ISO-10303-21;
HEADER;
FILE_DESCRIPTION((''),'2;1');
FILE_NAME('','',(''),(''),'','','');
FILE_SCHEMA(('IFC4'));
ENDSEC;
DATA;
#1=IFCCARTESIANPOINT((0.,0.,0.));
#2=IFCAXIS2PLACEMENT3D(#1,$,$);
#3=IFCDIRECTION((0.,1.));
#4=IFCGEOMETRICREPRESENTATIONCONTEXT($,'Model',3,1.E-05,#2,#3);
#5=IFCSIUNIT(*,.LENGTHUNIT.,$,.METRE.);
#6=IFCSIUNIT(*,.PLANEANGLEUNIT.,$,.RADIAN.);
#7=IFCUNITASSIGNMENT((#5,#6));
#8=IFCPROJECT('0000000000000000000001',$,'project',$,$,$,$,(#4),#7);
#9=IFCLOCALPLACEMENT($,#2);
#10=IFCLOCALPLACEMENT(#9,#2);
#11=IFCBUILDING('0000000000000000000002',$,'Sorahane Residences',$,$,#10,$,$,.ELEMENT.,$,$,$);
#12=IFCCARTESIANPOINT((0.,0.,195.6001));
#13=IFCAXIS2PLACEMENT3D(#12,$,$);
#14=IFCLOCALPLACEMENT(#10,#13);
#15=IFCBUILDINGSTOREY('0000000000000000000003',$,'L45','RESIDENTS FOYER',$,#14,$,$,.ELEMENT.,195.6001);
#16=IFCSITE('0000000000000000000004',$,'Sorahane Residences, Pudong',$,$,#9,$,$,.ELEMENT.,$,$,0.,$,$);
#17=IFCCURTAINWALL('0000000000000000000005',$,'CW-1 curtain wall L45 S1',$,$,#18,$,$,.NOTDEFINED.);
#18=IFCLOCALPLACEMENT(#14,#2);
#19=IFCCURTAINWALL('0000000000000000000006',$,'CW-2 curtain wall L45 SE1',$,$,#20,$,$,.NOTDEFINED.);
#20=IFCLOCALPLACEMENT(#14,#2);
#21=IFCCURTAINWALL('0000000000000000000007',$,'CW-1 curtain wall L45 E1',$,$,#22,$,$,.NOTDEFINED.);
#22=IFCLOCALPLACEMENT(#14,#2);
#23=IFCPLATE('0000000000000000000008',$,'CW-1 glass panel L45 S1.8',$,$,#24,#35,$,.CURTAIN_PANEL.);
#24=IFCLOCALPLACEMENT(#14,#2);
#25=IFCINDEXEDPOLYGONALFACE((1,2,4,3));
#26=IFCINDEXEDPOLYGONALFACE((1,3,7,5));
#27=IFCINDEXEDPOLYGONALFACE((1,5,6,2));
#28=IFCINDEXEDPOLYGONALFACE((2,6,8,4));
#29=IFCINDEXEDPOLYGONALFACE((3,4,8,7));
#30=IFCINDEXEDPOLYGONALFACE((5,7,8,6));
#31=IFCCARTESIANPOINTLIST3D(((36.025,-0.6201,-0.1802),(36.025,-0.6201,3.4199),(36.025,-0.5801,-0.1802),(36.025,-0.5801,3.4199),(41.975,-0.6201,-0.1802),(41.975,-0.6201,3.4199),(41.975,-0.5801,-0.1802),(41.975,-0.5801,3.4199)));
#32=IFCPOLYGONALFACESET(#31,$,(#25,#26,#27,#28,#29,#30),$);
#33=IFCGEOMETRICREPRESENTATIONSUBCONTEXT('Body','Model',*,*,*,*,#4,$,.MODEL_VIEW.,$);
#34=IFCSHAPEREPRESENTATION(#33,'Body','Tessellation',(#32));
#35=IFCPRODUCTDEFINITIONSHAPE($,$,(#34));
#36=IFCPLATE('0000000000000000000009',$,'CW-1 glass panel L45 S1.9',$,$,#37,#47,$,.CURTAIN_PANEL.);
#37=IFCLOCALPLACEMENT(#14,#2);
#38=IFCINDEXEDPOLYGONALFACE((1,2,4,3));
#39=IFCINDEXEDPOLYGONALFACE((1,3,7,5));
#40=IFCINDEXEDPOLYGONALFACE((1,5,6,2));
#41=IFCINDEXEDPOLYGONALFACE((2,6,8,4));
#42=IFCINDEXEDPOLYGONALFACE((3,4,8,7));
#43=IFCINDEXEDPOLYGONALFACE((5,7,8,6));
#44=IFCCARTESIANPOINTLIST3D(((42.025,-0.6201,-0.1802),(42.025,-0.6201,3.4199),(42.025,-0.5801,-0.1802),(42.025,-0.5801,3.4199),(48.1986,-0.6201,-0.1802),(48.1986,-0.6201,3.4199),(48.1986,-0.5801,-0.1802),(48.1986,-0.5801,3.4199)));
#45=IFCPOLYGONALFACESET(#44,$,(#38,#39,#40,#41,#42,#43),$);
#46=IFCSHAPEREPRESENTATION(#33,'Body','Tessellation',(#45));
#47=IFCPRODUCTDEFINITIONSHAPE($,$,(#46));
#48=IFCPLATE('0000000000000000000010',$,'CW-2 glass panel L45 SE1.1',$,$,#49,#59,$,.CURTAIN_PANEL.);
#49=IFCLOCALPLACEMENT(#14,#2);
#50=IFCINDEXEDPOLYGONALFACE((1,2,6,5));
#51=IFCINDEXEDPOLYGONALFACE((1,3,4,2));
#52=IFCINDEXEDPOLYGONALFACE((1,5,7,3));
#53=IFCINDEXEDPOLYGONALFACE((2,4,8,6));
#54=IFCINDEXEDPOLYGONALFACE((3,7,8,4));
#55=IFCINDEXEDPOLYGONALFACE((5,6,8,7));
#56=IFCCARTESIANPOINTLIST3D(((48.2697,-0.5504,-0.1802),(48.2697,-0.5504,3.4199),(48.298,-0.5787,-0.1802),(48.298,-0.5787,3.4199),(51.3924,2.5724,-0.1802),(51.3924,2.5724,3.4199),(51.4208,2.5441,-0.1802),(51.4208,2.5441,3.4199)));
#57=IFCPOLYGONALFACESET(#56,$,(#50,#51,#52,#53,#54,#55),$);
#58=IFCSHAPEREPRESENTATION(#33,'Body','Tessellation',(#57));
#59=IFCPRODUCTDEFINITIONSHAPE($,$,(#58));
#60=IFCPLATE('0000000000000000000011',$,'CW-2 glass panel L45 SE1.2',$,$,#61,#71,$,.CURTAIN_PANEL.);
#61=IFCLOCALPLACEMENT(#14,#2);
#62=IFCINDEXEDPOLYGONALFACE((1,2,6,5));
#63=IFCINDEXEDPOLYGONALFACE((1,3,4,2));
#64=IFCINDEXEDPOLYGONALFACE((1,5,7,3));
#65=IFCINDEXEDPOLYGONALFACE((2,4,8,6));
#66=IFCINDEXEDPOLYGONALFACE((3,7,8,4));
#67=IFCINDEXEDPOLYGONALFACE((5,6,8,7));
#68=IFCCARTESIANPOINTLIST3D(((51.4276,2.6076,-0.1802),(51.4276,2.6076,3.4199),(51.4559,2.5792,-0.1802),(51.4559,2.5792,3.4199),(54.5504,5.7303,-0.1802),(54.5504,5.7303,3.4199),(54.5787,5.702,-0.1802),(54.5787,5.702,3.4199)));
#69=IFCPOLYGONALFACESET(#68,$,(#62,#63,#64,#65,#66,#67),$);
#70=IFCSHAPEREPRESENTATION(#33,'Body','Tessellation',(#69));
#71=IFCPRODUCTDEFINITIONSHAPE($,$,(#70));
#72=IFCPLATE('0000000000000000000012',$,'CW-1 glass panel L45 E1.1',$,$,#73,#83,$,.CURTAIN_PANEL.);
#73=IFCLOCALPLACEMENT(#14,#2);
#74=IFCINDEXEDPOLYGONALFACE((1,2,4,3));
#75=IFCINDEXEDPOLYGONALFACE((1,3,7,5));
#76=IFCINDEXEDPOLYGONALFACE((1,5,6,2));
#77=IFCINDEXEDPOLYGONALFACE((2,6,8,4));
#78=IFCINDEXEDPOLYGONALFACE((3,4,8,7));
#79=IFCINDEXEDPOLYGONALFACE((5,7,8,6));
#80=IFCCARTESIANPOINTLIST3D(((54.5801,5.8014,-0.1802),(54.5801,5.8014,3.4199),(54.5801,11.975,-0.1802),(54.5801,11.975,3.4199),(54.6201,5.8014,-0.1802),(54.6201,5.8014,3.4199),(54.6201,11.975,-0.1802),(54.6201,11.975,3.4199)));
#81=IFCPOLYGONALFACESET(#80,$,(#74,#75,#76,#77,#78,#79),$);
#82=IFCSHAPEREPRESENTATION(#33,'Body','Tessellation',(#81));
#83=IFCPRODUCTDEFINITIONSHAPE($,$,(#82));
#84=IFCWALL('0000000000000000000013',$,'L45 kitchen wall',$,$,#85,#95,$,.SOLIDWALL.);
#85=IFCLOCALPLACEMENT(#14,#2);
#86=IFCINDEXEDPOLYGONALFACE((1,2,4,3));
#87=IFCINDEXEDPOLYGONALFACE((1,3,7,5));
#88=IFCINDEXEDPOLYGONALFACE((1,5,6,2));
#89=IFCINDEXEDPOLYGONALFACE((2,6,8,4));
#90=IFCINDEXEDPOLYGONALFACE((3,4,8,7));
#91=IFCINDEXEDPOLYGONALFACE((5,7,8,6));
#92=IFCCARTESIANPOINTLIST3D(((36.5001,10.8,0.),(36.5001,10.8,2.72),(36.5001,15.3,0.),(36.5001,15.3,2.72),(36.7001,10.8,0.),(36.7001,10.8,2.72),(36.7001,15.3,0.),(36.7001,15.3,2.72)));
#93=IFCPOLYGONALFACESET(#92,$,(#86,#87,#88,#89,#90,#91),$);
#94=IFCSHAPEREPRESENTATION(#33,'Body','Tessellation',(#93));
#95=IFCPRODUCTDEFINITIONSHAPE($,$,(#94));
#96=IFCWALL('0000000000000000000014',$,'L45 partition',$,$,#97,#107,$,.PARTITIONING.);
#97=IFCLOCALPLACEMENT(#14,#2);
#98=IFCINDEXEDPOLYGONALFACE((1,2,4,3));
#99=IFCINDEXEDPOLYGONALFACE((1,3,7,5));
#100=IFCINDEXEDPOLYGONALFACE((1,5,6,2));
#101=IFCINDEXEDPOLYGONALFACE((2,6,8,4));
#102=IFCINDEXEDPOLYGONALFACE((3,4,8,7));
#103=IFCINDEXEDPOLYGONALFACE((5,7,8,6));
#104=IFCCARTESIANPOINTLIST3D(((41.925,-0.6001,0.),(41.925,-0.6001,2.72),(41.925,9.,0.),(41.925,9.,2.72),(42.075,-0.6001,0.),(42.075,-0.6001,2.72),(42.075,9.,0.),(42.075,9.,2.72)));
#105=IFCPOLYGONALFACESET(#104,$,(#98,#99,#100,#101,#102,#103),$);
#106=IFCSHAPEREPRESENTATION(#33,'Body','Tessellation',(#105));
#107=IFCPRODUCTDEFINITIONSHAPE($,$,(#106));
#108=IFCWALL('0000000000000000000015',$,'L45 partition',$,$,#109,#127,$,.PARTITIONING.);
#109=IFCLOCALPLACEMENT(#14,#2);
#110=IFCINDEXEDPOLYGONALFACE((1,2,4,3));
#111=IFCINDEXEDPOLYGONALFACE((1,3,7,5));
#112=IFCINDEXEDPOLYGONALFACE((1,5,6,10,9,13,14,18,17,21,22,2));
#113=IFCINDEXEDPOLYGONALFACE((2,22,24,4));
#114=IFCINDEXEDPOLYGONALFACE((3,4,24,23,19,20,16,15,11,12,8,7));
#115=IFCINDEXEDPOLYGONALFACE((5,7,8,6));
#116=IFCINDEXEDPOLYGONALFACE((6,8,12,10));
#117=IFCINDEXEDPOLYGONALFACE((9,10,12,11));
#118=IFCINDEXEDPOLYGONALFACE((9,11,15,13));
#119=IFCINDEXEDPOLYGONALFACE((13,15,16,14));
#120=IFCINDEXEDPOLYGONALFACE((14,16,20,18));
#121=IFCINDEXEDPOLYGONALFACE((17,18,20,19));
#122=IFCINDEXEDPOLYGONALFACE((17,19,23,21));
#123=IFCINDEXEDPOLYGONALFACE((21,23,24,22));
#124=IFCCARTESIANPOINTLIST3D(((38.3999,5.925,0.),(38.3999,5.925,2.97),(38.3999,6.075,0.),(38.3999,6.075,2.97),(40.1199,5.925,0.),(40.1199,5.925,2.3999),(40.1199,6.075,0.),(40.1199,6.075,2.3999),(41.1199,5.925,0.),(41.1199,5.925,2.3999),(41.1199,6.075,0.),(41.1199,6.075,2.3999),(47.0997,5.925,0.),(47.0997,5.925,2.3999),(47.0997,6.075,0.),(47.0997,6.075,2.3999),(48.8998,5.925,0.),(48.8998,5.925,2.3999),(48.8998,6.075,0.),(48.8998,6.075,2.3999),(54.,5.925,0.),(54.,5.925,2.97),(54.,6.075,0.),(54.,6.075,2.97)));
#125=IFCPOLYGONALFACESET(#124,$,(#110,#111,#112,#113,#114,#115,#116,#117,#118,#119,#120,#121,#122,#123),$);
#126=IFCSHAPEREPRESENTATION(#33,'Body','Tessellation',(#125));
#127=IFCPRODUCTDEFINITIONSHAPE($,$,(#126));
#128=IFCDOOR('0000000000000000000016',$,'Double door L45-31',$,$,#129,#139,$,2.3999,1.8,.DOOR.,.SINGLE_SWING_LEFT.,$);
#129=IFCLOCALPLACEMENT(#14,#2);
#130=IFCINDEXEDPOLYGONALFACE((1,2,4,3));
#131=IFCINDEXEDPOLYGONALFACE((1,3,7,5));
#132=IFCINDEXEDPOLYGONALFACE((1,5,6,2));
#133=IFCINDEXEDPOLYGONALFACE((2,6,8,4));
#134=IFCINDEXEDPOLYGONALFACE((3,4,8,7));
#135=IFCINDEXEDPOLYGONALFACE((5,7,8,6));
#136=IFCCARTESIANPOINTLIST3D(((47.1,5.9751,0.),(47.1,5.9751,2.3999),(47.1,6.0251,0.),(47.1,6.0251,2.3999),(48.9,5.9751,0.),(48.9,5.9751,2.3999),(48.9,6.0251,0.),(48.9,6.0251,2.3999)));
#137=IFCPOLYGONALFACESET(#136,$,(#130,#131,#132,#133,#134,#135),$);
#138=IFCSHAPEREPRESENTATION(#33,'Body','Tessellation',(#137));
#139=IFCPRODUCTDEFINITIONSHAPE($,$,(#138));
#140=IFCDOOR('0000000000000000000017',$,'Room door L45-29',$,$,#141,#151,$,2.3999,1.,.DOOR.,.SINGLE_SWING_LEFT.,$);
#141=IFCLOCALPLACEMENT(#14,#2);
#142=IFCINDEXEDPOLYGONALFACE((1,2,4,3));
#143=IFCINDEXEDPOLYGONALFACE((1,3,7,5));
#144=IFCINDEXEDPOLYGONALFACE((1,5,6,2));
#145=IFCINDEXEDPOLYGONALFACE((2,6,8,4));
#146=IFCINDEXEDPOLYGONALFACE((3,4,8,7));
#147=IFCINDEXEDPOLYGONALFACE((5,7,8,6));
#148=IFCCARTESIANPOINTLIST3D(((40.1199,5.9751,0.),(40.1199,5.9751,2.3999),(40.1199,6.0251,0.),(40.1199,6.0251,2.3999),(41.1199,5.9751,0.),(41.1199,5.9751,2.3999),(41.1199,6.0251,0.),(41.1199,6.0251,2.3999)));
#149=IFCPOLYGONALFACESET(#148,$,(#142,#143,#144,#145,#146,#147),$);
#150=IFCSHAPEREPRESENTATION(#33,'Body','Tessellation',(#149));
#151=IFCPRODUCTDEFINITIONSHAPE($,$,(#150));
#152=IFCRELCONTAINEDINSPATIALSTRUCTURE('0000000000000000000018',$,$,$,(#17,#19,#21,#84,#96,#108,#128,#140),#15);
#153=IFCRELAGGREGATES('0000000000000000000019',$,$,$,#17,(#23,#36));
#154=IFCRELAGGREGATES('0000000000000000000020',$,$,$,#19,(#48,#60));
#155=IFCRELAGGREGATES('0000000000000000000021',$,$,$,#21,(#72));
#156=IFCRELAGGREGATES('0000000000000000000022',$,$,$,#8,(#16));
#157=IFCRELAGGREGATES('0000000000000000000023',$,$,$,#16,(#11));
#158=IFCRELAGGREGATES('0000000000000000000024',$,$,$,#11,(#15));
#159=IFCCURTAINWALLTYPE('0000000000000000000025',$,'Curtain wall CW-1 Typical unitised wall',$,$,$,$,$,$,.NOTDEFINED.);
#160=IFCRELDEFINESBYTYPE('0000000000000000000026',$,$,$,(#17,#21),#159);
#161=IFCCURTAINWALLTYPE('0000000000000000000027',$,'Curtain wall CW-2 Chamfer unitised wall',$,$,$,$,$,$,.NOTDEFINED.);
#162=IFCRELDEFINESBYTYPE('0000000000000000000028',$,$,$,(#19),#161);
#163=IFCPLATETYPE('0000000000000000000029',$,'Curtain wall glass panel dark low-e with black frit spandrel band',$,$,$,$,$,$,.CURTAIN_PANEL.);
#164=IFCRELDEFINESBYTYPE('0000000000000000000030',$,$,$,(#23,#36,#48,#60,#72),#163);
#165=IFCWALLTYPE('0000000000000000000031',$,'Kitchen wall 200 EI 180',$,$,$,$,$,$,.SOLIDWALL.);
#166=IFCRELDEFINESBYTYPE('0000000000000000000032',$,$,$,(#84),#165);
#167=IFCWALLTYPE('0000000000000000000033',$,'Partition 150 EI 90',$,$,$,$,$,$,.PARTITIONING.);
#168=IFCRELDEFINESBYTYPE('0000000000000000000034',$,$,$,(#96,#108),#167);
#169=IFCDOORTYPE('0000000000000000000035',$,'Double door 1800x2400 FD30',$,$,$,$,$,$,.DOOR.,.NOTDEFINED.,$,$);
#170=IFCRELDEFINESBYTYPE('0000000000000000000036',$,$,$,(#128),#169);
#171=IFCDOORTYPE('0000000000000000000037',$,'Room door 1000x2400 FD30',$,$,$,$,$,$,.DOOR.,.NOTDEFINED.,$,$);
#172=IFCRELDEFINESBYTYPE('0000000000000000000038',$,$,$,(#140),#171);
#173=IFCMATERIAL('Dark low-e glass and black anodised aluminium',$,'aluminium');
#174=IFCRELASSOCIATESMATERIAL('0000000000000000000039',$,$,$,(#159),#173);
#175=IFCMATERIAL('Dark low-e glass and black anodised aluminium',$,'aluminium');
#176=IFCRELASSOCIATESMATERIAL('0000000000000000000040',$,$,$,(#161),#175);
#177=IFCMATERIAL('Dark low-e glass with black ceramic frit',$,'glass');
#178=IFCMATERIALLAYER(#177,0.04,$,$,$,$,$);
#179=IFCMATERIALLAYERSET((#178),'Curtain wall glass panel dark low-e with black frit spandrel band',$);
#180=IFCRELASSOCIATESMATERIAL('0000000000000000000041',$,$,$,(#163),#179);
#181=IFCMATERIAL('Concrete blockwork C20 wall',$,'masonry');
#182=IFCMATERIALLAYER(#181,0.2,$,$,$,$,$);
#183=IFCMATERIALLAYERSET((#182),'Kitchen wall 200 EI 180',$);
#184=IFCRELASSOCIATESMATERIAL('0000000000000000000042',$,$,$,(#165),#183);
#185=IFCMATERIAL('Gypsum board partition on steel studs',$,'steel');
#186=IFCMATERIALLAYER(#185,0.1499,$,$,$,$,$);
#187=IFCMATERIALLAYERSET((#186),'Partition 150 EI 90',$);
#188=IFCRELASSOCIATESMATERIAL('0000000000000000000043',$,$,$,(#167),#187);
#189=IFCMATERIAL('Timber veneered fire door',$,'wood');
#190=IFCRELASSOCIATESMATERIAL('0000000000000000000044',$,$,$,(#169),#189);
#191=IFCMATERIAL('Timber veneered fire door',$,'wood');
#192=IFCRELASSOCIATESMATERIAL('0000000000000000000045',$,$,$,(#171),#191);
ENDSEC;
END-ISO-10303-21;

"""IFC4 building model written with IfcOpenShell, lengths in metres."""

from ifc_helpers import new_model, si_unit, direction, frame, frame_2d, origin, origin_2d, place, context, subcontext, project, spatial, rectangle, extrude, material, layer, layer_set, type_object, element, fill, aggregate, save


model = new_model("IFC4")

# Units and contexts
model_context = context("Model", 3, precision=1e-05, world=origin(), true_north=direction((0.0, 1.0)))
body_context = subcontext(model_context, "Body", "Model", "MODEL_VIEW")
ifc_project = project(units=[si_unit("LENGTHUNIT", "METRE"), si_unit("PLANEANGLEUNIT", "RADIAN")], contexts=[model_context])

# Site, building, storey
site_placement = place(None, origin())
site = spatial("IfcSite", under=ifc_project, at=site_placement, Name="Sorahane Residences, Pudong", CompositionType="ELEMENT", RefElevation=0.0)
building_placement = place(site_placement, origin())
building = spatial("IfcBuilding", under=site, at=building_placement, Name="Sorahane Residences", CompositionType="ELEMENT")
storey_placement = place(building_placement, frame((0.0, 0.0, 195.6001)))
storey = spatial("IfcBuildingStorey", under=building, at=storey_placement, Name="L45", Description="RESIDENTS FOYER", CompositionType="ELEMENT", Elevation=195.6001)

# Curtain walls
ifc_material_1 = material(Name="Dark low-e glass and black anodised aluminium", Category="aluminium")
curtain_wall_type_1 = type_object("IfcCurtainWallType", Name="Curtain wall CW-1 Typical unitised wall", PredefinedType="NOTDEFINED", material=ifc_material_1)
curtain_wall_1_placement = place(storey_placement, origin())
curtain_wall_1 = element("IfcCurtainWall", 1, at=curtain_wall_1_placement, inside=storey, type_object=curtain_wall_type_1, Name="CW-1 curtain wall L45 S1", PredefinedType="NOTDEFINED")
ifc_material_2 = material(Name="Dark low-e glass and black anodised aluminium", Category="aluminium")
curtain_wall_type_2 = type_object("IfcCurtainWallType", Name="Curtain wall CW-2 Chamfer unitised wall", PredefinedType="NOTDEFINED", material=ifc_material_2)
curtain_wall_2_placement = place(storey_placement, origin())
curtain_wall_2 = element("IfcCurtainWall", 2, at=curtain_wall_2_placement, inside=storey, type_object=curtain_wall_type_2, Name="CW-2 curtain wall L45 SE1", PredefinedType="NOTDEFINED")

# Curtain wall
curtain_wall_3_placement = place(storey_placement, origin())
curtain_wall_3 = element("IfcCurtainWall", 3, at=curtain_wall_3_placement, inside=storey, type_object=curtain_wall_type_1, Name="CW-1 curtain wall L45 E1", PredefinedType="NOTDEFINED")

# Plates
ifc_material_3 = material(Name="Dark low-e glass with black ceramic frit", Category="glass")
ifc_layer_1 = layer(ifc_material_3, 0.04)
ifc_layer_set_1 = layer_set([ifc_layer_1], Name="Curtain wall glass panel dark low-e with black frit spandrel band")
plate_type = type_object("IfcPlateType", Name="Curtain wall glass panel dark low-e with black frit spandrel band", PredefinedType="CURTAIN_PANEL", material=ifc_layer_set_1)
plate_1_placement = place(storey_placement, frame((39.0, -0.6001, -0.1802), z_axis=(0.0, 0.0, 1.0), x_axis=(1.0, 0.0, 0.0)))
plate_1 = element("IfcPlate", 4, at=plate_1_placement, type_object=plate_type, Name="CW-1 glass panel L45 S1.8", PredefinedType="CURTAIN_PANEL", context=body_context, shape_type="SweptSolid", body=[
    extrude(rectangle(XDim=5.95, YDim=0.04, at=origin_2d()), origin(), (0.0, 0.0, 1.0), 3.6001),
])
plate_2_placement = place(storey_placement, frame((45.1118, -0.6001, -0.1802), z_axis=(0.0, 0.0, 1.0), x_axis=(1.0, 0.0, 0.0)))
plate_2 = element("IfcPlate", 5, at=plate_2_placement, type_object=plate_type, Name="CW-1 glass panel L45 S1.9", PredefinedType="CURTAIN_PANEL", context=body_context, shape_type="SweptSolid", body=[
    extrude(rectangle(XDim=6.1736, YDim=0.04, at=origin_2d()), origin(), (0.0, 0.0, 1.0), 3.6001),
])
aggregate(curtain_wall_1, [plate_1, plate_2])
plate_3_placement = place(storey_placement, frame((49.8452, 0.9968, -0.1802), z_axis=(0.0, 0.0, 1.0), x_axis=(0.707107, 0.707107, 0.0)))
plate_3 = element("IfcPlate", 6, at=plate_3_placement, type_object=plate_type, Name="CW-2 glass panel L45 SE1.1", PredefinedType="CURTAIN_PANEL", context=body_context, shape_type="SweptSolid", body=[
    extrude(rectangle(XDim=4.4163, YDim=0.04, at=origin_2d()), origin(), (0.0, 0.0, 1.0), 3.6001),
])
plate_4_placement = place(storey_placement, frame((53.0032, 4.1548, -0.1802), z_axis=(0.0, 0.0, 1.0), x_axis=(0.707107, 0.707107, 0.0)))
plate_4 = element("IfcPlate", 7, at=plate_4_placement, type_object=plate_type, Name="CW-2 glass panel L45 SE1.2", PredefinedType="CURTAIN_PANEL", context=body_context, shape_type="SweptSolid", body=[
    extrude(rectangle(XDim=4.4163, YDim=0.04, at=origin_2d()), origin(), (0.0, 0.0, 1.0), 3.6001),
])
aggregate(curtain_wall_2, [plate_3, plate_4])
plate_5_placement = place(storey_placement, frame((54.6001, 8.8882, -0.1802), z_axis=(0.0, 0.0, 1.0), x_axis=(0.0, 1.0, 0.0)))
plate_5 = element("IfcPlate", 8, at=plate_5_placement, type_object=plate_type, Name="CW-1 glass panel L45 E1.1", PredefinedType="CURTAIN_PANEL", context=body_context, shape_type="SweptSolid", body=[
    extrude(rectangle(XDim=6.1736, YDim=0.04, at=origin_2d()), origin(), (0.0, 0.0, 1.0), 3.6001),
])
aggregate(curtain_wall_3, [plate_5])

# Walls
ifc_material_4 = material(Name="Concrete blockwork C20 wall", Category="masonry")
ifc_layer_2 = layer(ifc_material_4, 0.2)
ifc_layer_set_2 = layer_set([ifc_layer_2], Name="Kitchen wall 200 EI 180")
wall_type_1 = type_object("IfcWallType", Name="Kitchen wall 200 EI 180", PredefinedType="SOLIDWALL", material=ifc_layer_set_2)
wall_1_placement = place(storey_placement, frame((36.6001, 10.8, 0.0), z_axis=(0.0, 0.0, 1.0), x_axis=(0.0, 1.0, 0.0)))
element("IfcWall", 9, at=wall_1_placement, inside=storey, type_object=wall_type_1, Name="L45 kitchen wall", PredefinedType="SOLIDWALL", context=body_context, shape_type="SweptSolid", body=[
    extrude(rectangle(XDim=4.5, YDim=0.2, at=frame_2d((2.25, 0.0))), origin(), (0.0, 0.0, 1.0), 2.72),
])
ifc_material_5 = material(Name="Gypsum board partition on steel studs", Category="steel")
ifc_layer_3 = layer(ifc_material_5, 0.1499)
ifc_layer_set_3 = layer_set([ifc_layer_3], Name="Partition 150 EI 90")
wall_type_2 = type_object("IfcWallType", Name="Partition 150 EI 90", PredefinedType="PARTITIONING", material=ifc_layer_set_3)
wall_2_placement = place(storey_placement, frame((42.0, -0.6001, 0.0), z_axis=(0.0, 0.0, 1.0), x_axis=(0.0, 1.0, 0.0)))
element("IfcWall", 10, at=wall_2_placement, inside=storey, type_object=wall_type_2, Name="L45 partition", PredefinedType="PARTITIONING", context=body_context, shape_type="SweptSolid", body=[
    extrude(rectangle(XDim=9.6001, YDim=0.1499, at=frame_2d((4.8, 0.0))), origin(), (0.0, 0.0, 1.0), 2.72),
])

# Wall, openings, doors
wall_3_placement = place(storey_placement, frame((38.3999, 6.0, 0.0), z_axis=(0.0, 0.0, 1.0), x_axis=(1.0, 0.0, 0.0)))
wall_3 = element("IfcWall", 11, at=wall_3_placement, inside=storey, type_object=wall_type_2, Name="L45 partition", PredefinedType="PARTITIONING", context=body_context, shape_type="SweptSolid", body=[
    extrude(rectangle(XDim=15.6001, YDim=0.1499, at=frame_2d((7.8, 0.0))), origin(), (0.0, 0.0, 1.0), 2.97),
])
opening_1_placement = place(wall_3_placement, frame((1.72, 0.0, 0.0)))
opening_1 = element("IfcOpeningElement", 12, at=opening_1_placement, cuts=wall_3, PredefinedType="OPENING", context=body_context, shape_type="SweptSolid", body=[
    extrude(rectangle(XDim=1.0, YDim=2.3999, at=frame_2d((0.5, 1.2))), frame((0.0, 0.085, 0.0), z_axis=(0.0, -1.0, 0.0), x_axis=(1.0, 0.0, 0.0)), (0.0, 0.0, 1.0), 0.1699),
])
opening_2_placement = place(wall_3_placement, frame((8.7, 0.0, 0.0)))
opening_2 = element("IfcOpeningElement", 13, at=opening_2_placement, cuts=wall_3, PredefinedType="OPENING", context=body_context, shape_type="SweptSolid", body=[
    extrude(rectangle(XDim=1.8, YDim=2.3999, at=frame_2d((0.8999, 1.2))), frame((0.0, 0.085, 0.0), z_axis=(0.0, -1.0, 0.0), x_axis=(1.0, 0.0, 0.0)), (0.0, 0.0, 1.0), 0.1699),
])
ifc_material_6 = material(Name="Timber veneered fire door", Category="wood")
door_type_1 = type_object("IfcDoorType", Name="Double door 1800x2400 FD30", OperationType="NOTDEFINED", PredefinedType="DOOR", material=ifc_material_6)
door_1_placement = place(opening_2_placement, frame((1.8, 0.0, 0.0), z_axis=(0.0, 0.0, 1.0), x_axis=(-1.0, 0.0, 0.0)))
door_1 = element("IfcDoor", 14, at=door_1_placement, inside=storey, type_object=door_type_1, Name="Double door L45-31", OperationType="SINGLE_SWING_LEFT", OverallHeight=2.3999, OverallWidth=1.8, PredefinedType="DOOR", context=body_context, shape_type="SweptSolid", body=[
    extrude(rectangle(XDim=1.8, YDim=2.3999, at=frame_2d((0.8999, 1.2))), frame((0.0, 0.0249, 0.0), z_axis=(0.0, -1.0, 0.0), x_axis=(1.0, 0.0, 0.0)), (0.0, 0.0, 1.0), 0.05),
])
fill(opening_2, door_1)
ifc_material_7 = material(Name="Timber veneered fire door", Category="wood")
door_type_2 = type_object("IfcDoorType", Name="Room door 1000x2400 FD30", OperationType="NOTDEFINED", PredefinedType="DOOR", material=ifc_material_7)
door_2_placement = place(opening_1_placement, frame((1.0, 0.0, 0.0), z_axis=(0.0, 0.0, 1.0), x_axis=(-1.0, 0.0, 0.0)))
door_2 = element("IfcDoor", 15, at=door_2_placement, inside=storey, type_object=door_type_2, Name="Room door L45-29", OperationType="SINGLE_SWING_LEFT", OverallHeight=2.3999, OverallWidth=1.0, PredefinedType="DOOR", context=body_context, shape_type="SweptSolid", body=[
    extrude(rectangle(XDim=1.0, YDim=2.3999, at=frame_2d((0.5, 1.2))), frame((0.0, 0.0249, 0.0), z_axis=(0.0, -1.0, 0.0), x_axis=(1.0, 0.0, 0.0)), (0.0, 0.0, 1.0), 0.05),
])
fill(opening_1, door_2)

save(model, "model.ifc")
